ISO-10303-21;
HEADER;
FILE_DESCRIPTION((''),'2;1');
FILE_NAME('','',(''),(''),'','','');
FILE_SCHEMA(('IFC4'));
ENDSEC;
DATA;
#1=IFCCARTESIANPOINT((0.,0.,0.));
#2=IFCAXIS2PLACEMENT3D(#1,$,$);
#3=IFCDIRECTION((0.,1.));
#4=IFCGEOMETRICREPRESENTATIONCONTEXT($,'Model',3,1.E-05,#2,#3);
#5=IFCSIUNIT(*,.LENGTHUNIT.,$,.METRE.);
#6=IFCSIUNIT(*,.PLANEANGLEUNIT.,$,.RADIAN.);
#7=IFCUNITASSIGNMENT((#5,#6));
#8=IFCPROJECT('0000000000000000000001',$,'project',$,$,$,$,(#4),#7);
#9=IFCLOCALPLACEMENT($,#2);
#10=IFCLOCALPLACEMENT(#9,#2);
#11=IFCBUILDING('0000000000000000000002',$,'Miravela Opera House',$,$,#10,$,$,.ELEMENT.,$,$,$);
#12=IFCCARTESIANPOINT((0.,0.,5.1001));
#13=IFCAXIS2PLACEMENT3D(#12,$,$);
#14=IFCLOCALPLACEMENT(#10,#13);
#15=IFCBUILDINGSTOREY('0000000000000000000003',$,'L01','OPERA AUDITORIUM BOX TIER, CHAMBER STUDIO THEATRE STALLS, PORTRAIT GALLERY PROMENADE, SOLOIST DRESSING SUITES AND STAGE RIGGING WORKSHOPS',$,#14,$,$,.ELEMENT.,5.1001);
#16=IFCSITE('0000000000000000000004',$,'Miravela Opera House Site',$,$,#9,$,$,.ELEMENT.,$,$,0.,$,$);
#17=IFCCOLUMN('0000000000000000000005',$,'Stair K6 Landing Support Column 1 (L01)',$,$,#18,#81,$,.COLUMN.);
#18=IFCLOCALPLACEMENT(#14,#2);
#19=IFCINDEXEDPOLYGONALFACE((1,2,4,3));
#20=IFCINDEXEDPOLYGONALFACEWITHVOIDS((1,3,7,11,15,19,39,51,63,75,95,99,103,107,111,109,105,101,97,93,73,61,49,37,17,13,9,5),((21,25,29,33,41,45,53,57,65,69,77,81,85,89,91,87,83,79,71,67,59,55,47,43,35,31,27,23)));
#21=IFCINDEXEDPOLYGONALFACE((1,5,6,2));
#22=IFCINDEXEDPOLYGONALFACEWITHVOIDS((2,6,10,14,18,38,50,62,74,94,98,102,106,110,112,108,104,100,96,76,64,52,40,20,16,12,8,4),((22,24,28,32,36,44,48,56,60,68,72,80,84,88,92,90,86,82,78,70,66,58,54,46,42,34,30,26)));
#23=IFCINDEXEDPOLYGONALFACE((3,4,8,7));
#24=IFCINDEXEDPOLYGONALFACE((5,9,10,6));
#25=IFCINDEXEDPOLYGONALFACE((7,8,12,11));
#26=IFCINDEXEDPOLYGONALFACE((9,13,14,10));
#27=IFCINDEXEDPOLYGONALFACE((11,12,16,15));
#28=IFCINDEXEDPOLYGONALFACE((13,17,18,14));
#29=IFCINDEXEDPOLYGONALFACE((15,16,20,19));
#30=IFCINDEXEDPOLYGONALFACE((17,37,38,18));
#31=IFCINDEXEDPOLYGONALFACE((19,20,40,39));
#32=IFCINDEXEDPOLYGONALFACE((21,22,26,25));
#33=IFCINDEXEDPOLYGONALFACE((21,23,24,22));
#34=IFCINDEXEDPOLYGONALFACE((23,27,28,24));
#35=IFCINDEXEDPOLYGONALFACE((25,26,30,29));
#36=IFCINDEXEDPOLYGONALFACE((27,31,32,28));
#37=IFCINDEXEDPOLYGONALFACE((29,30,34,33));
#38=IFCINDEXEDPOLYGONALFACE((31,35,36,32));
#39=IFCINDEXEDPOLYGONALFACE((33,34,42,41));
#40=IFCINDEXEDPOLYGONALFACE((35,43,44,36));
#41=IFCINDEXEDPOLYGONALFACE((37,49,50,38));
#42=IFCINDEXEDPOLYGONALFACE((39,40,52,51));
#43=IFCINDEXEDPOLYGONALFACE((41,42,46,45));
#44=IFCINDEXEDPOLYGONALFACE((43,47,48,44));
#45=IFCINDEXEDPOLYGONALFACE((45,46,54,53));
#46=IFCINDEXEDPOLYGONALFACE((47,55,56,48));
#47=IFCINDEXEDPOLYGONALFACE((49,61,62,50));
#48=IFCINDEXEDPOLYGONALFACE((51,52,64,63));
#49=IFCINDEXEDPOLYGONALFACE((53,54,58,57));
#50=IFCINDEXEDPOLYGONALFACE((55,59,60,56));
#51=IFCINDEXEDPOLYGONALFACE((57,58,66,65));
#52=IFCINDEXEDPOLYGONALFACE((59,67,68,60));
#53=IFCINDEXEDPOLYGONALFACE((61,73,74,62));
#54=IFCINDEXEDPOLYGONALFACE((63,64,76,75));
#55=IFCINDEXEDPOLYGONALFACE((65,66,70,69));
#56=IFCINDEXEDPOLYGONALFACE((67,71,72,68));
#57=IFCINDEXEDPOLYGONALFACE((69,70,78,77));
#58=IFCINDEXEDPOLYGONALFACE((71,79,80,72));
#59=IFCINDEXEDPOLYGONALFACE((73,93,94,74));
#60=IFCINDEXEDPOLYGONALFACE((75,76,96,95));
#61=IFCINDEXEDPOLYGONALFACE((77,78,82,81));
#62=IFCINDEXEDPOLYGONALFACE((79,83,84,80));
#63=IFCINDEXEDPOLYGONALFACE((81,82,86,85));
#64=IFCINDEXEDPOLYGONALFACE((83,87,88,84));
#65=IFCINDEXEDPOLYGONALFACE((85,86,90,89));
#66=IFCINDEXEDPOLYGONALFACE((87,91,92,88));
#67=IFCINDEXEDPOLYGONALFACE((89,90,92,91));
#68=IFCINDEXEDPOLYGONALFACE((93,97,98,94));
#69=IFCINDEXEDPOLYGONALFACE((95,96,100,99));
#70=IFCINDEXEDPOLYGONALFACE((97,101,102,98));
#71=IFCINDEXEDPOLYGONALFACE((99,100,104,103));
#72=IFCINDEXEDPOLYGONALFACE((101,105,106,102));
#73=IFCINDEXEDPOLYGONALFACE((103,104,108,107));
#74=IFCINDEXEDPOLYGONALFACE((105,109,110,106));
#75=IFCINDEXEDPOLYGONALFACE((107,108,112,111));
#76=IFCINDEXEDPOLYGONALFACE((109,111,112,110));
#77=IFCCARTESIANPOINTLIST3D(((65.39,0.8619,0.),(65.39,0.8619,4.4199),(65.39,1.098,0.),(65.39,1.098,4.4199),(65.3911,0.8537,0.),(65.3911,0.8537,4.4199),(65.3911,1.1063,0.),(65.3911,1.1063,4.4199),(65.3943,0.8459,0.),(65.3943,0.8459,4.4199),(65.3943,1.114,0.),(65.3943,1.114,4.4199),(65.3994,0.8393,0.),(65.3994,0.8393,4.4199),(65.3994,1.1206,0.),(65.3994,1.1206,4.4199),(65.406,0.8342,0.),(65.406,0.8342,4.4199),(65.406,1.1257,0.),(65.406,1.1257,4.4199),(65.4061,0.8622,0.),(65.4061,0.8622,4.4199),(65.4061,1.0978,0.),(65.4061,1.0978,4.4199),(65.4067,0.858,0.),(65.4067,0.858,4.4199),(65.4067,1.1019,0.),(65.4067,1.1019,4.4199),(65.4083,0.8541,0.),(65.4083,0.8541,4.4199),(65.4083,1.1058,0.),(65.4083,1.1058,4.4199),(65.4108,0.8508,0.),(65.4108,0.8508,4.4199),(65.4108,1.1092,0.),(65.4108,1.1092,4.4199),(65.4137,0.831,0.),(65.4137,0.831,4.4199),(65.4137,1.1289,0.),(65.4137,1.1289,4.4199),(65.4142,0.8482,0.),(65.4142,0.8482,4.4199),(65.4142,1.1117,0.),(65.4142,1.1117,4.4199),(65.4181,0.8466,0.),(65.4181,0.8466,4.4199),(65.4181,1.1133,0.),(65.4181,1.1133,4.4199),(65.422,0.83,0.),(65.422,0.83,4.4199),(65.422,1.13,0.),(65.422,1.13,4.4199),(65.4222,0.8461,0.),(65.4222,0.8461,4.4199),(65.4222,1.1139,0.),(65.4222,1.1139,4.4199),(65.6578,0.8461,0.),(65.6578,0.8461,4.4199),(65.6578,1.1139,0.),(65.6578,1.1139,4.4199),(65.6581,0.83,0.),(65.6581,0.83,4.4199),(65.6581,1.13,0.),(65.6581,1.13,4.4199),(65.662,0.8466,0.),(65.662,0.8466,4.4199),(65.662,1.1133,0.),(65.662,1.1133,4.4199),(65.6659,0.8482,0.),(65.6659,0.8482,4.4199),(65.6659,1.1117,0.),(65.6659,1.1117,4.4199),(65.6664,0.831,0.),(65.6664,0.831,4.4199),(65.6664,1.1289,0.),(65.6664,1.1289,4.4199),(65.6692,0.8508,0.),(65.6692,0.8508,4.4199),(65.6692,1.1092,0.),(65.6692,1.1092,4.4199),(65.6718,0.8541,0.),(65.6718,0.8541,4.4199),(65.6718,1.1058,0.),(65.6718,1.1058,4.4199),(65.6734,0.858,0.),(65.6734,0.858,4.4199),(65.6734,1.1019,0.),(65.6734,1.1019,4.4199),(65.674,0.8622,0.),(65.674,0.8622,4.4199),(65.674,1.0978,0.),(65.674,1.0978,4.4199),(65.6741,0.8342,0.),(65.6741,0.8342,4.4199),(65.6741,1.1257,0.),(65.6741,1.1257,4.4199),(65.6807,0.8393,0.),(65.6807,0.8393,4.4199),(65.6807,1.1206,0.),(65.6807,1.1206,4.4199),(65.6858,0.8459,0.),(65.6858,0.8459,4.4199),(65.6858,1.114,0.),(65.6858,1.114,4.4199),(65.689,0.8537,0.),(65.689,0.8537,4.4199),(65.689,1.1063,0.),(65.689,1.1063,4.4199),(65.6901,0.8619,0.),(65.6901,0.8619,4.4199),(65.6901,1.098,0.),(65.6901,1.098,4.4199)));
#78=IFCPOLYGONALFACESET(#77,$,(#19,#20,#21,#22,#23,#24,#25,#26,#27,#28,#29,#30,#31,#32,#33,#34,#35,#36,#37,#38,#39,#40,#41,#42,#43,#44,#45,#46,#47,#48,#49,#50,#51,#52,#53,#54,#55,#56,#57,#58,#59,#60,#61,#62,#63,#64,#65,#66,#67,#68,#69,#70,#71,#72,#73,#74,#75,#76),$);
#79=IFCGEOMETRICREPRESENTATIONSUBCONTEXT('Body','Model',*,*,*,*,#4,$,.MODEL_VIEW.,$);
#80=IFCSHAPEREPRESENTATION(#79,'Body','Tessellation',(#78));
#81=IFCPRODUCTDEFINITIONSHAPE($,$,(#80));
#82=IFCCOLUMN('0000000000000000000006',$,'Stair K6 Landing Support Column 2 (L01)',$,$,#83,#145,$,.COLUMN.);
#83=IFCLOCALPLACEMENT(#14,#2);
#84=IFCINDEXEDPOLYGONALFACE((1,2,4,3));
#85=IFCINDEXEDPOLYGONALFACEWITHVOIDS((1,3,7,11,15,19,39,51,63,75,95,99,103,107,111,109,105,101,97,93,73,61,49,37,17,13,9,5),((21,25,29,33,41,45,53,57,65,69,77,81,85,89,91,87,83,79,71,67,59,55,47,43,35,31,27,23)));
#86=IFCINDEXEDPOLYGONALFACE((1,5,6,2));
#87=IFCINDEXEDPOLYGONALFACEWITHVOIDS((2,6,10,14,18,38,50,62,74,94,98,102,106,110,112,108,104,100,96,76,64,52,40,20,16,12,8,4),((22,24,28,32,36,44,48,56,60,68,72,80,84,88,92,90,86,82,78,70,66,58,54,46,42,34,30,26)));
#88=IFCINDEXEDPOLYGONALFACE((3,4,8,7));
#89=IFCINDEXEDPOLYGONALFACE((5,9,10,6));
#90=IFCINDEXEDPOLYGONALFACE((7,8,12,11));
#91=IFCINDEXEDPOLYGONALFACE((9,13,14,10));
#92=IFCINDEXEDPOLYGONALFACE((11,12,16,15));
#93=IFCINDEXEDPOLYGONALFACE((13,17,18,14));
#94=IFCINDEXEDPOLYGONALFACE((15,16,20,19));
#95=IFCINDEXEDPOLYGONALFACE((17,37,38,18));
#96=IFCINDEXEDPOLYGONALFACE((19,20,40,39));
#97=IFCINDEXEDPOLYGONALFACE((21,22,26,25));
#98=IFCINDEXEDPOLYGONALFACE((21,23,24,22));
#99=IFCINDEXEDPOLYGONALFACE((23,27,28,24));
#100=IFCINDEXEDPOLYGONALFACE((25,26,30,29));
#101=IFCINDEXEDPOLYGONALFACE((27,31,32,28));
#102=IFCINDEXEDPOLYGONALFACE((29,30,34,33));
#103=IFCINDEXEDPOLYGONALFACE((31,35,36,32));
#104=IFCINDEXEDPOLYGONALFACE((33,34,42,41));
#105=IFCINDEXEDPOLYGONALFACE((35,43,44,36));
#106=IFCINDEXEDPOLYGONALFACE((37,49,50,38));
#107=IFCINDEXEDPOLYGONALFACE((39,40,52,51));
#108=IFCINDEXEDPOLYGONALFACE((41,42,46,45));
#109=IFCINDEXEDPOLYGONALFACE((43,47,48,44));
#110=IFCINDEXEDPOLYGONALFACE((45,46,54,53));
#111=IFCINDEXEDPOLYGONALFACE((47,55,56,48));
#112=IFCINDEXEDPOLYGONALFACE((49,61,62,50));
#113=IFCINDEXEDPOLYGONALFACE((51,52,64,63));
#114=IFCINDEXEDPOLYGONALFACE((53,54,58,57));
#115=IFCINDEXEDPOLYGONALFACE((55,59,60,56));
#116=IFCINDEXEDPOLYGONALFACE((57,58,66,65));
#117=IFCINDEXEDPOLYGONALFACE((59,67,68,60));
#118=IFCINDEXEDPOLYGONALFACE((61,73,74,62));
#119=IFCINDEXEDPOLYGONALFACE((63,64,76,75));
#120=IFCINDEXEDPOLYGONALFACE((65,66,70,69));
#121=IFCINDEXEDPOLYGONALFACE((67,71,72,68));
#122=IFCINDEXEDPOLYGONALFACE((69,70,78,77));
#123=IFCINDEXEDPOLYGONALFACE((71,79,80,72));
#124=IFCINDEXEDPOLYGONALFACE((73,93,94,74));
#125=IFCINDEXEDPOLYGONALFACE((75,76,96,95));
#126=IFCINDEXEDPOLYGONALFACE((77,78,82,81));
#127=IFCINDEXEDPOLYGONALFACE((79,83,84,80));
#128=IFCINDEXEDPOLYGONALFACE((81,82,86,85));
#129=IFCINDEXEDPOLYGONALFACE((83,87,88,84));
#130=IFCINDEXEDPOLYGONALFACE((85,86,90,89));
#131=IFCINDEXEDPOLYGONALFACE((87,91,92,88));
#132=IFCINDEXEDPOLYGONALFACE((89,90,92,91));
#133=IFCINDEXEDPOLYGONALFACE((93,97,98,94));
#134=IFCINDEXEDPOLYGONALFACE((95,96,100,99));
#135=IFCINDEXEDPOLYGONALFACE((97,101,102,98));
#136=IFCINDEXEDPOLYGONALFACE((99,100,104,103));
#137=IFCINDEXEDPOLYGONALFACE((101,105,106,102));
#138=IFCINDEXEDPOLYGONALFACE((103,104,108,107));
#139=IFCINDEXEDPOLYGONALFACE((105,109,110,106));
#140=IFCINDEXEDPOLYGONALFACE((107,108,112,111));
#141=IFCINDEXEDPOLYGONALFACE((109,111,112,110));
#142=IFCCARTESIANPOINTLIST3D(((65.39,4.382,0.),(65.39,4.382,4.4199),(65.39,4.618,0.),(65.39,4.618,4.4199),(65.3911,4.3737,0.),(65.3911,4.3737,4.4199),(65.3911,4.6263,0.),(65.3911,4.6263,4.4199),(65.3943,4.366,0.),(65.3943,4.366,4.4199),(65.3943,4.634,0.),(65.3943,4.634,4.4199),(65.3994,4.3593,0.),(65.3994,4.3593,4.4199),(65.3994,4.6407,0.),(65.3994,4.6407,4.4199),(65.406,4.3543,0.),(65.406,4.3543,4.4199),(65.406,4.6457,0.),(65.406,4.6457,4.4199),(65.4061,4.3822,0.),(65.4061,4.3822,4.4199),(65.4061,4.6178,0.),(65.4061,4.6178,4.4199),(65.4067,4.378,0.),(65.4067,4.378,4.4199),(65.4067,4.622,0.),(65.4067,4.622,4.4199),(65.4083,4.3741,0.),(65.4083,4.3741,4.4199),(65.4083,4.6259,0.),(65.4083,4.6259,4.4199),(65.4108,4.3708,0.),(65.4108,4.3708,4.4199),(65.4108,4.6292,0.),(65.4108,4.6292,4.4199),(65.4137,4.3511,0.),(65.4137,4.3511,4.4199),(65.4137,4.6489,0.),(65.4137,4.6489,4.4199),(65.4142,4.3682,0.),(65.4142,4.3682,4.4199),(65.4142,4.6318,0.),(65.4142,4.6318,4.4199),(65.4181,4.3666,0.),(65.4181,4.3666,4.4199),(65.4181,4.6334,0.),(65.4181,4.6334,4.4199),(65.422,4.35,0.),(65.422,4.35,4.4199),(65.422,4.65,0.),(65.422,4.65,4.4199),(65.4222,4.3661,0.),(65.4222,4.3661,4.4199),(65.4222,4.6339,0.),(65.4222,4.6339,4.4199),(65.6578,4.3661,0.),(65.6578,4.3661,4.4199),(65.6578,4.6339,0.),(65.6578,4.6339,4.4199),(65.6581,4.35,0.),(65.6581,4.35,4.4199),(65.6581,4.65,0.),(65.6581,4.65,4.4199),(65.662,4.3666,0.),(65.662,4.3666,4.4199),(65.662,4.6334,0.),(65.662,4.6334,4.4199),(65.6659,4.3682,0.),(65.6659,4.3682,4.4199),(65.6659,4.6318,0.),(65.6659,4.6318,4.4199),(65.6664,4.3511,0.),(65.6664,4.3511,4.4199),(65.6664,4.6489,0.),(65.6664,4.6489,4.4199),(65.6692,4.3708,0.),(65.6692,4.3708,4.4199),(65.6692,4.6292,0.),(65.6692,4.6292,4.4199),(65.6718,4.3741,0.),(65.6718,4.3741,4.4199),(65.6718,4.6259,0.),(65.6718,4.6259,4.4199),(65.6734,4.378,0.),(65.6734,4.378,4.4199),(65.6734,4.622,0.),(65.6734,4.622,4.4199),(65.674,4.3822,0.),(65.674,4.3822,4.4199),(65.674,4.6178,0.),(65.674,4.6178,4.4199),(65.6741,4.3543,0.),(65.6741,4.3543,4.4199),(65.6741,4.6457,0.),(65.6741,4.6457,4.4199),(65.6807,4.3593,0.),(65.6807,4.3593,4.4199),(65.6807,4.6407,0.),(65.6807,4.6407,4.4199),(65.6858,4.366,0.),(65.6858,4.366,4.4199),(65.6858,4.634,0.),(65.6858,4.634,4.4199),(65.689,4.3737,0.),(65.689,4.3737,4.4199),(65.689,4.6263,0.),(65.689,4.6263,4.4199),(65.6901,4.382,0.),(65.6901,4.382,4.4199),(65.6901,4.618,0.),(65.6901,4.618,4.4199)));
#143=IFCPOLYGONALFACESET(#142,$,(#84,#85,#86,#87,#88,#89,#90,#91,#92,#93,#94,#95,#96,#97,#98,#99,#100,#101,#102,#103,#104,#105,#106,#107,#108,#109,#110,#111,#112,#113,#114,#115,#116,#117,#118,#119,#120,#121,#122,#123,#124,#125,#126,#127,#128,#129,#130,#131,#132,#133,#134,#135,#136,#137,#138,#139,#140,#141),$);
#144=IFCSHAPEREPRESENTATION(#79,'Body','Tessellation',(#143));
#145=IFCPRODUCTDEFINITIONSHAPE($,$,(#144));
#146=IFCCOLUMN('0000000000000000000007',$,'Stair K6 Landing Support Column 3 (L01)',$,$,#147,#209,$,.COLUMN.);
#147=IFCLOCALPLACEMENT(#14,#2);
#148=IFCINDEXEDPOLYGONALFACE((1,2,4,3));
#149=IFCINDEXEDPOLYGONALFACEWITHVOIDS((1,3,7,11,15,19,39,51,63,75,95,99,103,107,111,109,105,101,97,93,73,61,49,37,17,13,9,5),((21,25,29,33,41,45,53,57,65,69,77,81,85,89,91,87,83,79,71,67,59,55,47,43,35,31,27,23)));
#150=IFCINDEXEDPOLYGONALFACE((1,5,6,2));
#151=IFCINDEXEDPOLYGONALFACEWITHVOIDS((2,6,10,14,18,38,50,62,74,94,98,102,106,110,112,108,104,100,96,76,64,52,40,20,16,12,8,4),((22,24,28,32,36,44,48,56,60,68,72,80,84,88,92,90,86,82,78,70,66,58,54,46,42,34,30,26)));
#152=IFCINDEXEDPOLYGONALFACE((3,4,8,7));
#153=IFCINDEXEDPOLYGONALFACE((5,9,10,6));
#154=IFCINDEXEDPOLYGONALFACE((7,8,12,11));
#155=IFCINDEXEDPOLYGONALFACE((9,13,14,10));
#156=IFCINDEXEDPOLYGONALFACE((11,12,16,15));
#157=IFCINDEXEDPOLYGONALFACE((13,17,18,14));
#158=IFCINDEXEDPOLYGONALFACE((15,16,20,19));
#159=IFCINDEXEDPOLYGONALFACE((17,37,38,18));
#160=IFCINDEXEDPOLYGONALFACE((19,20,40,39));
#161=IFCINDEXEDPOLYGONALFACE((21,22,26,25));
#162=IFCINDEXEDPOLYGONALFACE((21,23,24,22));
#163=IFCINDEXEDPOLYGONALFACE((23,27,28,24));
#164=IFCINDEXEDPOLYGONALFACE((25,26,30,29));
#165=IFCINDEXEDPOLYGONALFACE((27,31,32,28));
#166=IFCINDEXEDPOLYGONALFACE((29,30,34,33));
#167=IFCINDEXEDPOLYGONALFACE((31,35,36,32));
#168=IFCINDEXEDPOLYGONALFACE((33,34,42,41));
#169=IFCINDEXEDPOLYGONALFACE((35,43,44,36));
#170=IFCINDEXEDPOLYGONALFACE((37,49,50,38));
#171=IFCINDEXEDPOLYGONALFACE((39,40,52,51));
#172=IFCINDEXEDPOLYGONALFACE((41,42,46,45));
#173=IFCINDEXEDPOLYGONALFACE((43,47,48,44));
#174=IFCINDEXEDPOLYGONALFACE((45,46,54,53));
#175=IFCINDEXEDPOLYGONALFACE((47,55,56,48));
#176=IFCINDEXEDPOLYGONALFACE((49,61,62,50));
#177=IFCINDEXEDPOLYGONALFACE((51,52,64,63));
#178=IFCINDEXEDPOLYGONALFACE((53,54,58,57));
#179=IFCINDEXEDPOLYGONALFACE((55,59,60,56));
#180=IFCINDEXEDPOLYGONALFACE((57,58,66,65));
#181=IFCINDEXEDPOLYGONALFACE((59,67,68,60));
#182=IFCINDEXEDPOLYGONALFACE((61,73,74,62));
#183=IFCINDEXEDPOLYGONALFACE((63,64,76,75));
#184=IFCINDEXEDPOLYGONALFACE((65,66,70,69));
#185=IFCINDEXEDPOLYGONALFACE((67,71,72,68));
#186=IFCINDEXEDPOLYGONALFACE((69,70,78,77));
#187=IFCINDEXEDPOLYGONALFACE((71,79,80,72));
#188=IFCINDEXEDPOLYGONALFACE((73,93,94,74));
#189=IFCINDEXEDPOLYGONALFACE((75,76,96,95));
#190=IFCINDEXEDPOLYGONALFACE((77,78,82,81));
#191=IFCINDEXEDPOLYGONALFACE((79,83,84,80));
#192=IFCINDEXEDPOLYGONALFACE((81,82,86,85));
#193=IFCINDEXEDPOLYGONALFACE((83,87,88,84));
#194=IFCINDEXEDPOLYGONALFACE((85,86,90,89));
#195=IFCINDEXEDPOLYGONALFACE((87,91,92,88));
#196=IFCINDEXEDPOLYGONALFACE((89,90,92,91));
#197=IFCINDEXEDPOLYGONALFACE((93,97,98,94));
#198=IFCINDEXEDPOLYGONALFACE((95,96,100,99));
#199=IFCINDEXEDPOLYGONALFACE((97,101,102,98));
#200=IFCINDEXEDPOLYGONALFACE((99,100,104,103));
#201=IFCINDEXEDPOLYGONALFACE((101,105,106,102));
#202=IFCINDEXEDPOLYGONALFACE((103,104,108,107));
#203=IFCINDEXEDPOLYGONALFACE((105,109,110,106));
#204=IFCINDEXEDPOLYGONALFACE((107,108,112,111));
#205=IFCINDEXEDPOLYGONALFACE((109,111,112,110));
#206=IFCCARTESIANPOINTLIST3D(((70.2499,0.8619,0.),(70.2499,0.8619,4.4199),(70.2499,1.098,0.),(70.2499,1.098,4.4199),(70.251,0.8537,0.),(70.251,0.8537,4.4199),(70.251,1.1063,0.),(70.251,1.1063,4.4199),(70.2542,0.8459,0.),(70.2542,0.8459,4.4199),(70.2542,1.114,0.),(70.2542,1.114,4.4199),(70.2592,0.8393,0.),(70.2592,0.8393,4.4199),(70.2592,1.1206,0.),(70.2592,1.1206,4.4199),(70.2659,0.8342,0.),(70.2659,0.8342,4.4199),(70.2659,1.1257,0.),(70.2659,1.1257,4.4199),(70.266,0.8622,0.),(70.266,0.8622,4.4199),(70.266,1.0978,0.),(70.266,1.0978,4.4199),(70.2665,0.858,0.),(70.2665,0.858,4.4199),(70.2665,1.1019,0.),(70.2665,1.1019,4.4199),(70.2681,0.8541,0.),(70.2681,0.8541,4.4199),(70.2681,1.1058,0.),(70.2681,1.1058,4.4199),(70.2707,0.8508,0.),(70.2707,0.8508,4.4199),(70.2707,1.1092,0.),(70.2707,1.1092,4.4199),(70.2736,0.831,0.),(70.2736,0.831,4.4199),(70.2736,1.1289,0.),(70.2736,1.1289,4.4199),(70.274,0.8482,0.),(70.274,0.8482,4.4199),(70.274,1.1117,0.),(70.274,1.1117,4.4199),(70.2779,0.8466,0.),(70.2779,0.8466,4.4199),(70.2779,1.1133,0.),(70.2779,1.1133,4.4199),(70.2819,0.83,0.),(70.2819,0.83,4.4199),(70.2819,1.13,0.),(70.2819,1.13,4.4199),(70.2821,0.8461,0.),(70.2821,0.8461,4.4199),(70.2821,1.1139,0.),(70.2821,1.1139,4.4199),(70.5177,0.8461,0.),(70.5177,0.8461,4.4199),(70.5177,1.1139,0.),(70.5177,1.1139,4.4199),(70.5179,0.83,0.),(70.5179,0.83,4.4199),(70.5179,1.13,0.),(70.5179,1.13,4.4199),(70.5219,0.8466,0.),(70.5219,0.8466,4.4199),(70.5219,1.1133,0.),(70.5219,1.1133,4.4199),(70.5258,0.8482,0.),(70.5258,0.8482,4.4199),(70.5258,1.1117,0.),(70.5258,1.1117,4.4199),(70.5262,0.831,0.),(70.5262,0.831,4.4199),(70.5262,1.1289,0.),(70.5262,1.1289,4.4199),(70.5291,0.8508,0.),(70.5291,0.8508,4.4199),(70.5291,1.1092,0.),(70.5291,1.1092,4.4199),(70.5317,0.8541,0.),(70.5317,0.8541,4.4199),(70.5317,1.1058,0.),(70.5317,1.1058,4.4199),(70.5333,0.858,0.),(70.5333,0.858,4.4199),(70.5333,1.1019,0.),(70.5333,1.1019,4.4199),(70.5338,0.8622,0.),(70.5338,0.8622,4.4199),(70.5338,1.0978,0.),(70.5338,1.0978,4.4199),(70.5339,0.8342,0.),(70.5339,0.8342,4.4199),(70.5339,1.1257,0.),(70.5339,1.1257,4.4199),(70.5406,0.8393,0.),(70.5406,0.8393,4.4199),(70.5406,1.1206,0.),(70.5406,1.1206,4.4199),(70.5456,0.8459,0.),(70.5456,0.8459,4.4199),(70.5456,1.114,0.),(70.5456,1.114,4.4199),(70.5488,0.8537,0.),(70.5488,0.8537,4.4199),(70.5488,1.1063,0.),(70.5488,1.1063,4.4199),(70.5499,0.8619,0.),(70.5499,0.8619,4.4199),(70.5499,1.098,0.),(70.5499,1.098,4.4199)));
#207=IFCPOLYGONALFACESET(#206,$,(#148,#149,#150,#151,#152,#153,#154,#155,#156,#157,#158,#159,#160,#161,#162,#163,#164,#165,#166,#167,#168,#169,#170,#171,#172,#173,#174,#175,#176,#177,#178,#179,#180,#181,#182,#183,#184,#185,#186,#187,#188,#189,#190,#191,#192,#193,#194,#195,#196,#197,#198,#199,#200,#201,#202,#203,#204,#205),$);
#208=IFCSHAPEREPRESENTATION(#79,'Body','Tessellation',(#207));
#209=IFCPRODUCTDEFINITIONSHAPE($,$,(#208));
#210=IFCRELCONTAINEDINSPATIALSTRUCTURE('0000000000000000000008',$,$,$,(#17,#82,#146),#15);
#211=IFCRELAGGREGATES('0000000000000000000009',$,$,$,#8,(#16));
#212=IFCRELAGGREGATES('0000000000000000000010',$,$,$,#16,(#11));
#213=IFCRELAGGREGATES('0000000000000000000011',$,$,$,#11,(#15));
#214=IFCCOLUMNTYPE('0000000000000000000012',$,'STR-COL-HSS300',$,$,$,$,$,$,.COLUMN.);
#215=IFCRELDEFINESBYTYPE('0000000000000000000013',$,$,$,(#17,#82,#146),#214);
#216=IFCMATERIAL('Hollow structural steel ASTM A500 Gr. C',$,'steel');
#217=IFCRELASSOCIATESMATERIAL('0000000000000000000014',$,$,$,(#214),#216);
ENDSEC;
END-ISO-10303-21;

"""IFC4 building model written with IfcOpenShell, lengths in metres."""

from ifc_helpers import new_model, si_unit, direction, frame, origin, origin_2d, place, context, subcontext, project, spatial, hollow_rectangle, extrude, material, material_profile, profile_set, type_object, element, save


model = new_model("IFC4")

# Units and contexts
model_context = context("Model", 3, precision=1e-05, world=origin(), true_north=direction((0.0, 1.0)))
body_context = subcontext(model_context, "Body", "Model", "MODEL_VIEW")
ifc_project = project(units=[si_unit("LENGTHUNIT", "METRE"), si_unit("PLANEANGLEUNIT", "RADIAN")], contexts=[model_context])

# Site, building, storey
site_placement = place(None, origin())
site = spatial("IfcSite", under=ifc_project, at=site_placement, Name="Miravela Opera House Site", CompositionType="ELEMENT", RefElevation=0.0)
building_placement = place(site_placement, origin())
building = spatial("IfcBuilding", under=site, at=building_placement, Name="Miravela Opera House", CompositionType="ELEMENT")
storey_placement = place(building_placement, frame((0.0, 0.0, 5.1001)))
storey = spatial("IfcBuildingStorey", under=building, at=storey_placement, Name="L01", Description="OPERA AUDITORIUM BOX TIER, CHAMBER STUDIO THEATRE STALLS, PORTRAIT GALLERY PROMENADE, SOLOIST DRESSING SUITES AND STAGE RIGGING WORKSHOPS", CompositionType="ELEMENT", Elevation=5.1001)

# Columns
ifc_material_1 = material(Name="Hollow structural steel ASTM A500 Gr. C", Category="steel")
ifc_material_profile_1 = material_profile(ifc_material_1, hollow_rectangle(XDim=0.3, YDim=0.3, WallThickness=0.0161, InnerFilletRadius=0.0161, OuterFilletRadius=0.032, at=origin_2d()), Name="HSS300X300X16")
ifc_profile_set_1 = profile_set([ifc_material_profile_1])
column_type_1 = type_object("IfcColumnType", Name="STR-COL-HSS300", PredefinedType="COLUMN", material=ifc_profile_set_1)
for number, where, z_axis, x_axis, name in (
    (1, (65.54, 0.98, 0.0), (0.0, 0.0, 1.0), (1.0, 0.0, 0.0), "Stair K6 Landing Support Column 1 (L01)"),
    (2, (65.54, 4.5, 0.0), (0.0, 0.0, 1.0), (1.0, 0.0, 0.0), "Stair K6 Landing Support Column 2 (L01)"),
    (3, (70.3999, 0.98, 0.0), (0.0, 0.0, 1.0), (1.0, 0.0, 0.0), "Stair K6 Landing Support Column 3 (L01)"),
):
    element("IfcColumn", number, at=place(storey_placement, frame(where, z_axis=z_axis, x_axis=x_axis)), inside=storey, type_object=column_type_1, Name=name, PredefinedType="COLUMN", context=body_context, shape_type="SweptSolid", body=[
        extrude(hollow_rectangle(XDim=0.3, YDim=0.3, WallThickness=0.0161, InnerFilletRadius=0.0161, OuterFilletRadius=0.032, at=origin_2d()), origin(), (0.0, 0.0, 1.0), 4.4199),
    ])

save(model, "model.ifc")
